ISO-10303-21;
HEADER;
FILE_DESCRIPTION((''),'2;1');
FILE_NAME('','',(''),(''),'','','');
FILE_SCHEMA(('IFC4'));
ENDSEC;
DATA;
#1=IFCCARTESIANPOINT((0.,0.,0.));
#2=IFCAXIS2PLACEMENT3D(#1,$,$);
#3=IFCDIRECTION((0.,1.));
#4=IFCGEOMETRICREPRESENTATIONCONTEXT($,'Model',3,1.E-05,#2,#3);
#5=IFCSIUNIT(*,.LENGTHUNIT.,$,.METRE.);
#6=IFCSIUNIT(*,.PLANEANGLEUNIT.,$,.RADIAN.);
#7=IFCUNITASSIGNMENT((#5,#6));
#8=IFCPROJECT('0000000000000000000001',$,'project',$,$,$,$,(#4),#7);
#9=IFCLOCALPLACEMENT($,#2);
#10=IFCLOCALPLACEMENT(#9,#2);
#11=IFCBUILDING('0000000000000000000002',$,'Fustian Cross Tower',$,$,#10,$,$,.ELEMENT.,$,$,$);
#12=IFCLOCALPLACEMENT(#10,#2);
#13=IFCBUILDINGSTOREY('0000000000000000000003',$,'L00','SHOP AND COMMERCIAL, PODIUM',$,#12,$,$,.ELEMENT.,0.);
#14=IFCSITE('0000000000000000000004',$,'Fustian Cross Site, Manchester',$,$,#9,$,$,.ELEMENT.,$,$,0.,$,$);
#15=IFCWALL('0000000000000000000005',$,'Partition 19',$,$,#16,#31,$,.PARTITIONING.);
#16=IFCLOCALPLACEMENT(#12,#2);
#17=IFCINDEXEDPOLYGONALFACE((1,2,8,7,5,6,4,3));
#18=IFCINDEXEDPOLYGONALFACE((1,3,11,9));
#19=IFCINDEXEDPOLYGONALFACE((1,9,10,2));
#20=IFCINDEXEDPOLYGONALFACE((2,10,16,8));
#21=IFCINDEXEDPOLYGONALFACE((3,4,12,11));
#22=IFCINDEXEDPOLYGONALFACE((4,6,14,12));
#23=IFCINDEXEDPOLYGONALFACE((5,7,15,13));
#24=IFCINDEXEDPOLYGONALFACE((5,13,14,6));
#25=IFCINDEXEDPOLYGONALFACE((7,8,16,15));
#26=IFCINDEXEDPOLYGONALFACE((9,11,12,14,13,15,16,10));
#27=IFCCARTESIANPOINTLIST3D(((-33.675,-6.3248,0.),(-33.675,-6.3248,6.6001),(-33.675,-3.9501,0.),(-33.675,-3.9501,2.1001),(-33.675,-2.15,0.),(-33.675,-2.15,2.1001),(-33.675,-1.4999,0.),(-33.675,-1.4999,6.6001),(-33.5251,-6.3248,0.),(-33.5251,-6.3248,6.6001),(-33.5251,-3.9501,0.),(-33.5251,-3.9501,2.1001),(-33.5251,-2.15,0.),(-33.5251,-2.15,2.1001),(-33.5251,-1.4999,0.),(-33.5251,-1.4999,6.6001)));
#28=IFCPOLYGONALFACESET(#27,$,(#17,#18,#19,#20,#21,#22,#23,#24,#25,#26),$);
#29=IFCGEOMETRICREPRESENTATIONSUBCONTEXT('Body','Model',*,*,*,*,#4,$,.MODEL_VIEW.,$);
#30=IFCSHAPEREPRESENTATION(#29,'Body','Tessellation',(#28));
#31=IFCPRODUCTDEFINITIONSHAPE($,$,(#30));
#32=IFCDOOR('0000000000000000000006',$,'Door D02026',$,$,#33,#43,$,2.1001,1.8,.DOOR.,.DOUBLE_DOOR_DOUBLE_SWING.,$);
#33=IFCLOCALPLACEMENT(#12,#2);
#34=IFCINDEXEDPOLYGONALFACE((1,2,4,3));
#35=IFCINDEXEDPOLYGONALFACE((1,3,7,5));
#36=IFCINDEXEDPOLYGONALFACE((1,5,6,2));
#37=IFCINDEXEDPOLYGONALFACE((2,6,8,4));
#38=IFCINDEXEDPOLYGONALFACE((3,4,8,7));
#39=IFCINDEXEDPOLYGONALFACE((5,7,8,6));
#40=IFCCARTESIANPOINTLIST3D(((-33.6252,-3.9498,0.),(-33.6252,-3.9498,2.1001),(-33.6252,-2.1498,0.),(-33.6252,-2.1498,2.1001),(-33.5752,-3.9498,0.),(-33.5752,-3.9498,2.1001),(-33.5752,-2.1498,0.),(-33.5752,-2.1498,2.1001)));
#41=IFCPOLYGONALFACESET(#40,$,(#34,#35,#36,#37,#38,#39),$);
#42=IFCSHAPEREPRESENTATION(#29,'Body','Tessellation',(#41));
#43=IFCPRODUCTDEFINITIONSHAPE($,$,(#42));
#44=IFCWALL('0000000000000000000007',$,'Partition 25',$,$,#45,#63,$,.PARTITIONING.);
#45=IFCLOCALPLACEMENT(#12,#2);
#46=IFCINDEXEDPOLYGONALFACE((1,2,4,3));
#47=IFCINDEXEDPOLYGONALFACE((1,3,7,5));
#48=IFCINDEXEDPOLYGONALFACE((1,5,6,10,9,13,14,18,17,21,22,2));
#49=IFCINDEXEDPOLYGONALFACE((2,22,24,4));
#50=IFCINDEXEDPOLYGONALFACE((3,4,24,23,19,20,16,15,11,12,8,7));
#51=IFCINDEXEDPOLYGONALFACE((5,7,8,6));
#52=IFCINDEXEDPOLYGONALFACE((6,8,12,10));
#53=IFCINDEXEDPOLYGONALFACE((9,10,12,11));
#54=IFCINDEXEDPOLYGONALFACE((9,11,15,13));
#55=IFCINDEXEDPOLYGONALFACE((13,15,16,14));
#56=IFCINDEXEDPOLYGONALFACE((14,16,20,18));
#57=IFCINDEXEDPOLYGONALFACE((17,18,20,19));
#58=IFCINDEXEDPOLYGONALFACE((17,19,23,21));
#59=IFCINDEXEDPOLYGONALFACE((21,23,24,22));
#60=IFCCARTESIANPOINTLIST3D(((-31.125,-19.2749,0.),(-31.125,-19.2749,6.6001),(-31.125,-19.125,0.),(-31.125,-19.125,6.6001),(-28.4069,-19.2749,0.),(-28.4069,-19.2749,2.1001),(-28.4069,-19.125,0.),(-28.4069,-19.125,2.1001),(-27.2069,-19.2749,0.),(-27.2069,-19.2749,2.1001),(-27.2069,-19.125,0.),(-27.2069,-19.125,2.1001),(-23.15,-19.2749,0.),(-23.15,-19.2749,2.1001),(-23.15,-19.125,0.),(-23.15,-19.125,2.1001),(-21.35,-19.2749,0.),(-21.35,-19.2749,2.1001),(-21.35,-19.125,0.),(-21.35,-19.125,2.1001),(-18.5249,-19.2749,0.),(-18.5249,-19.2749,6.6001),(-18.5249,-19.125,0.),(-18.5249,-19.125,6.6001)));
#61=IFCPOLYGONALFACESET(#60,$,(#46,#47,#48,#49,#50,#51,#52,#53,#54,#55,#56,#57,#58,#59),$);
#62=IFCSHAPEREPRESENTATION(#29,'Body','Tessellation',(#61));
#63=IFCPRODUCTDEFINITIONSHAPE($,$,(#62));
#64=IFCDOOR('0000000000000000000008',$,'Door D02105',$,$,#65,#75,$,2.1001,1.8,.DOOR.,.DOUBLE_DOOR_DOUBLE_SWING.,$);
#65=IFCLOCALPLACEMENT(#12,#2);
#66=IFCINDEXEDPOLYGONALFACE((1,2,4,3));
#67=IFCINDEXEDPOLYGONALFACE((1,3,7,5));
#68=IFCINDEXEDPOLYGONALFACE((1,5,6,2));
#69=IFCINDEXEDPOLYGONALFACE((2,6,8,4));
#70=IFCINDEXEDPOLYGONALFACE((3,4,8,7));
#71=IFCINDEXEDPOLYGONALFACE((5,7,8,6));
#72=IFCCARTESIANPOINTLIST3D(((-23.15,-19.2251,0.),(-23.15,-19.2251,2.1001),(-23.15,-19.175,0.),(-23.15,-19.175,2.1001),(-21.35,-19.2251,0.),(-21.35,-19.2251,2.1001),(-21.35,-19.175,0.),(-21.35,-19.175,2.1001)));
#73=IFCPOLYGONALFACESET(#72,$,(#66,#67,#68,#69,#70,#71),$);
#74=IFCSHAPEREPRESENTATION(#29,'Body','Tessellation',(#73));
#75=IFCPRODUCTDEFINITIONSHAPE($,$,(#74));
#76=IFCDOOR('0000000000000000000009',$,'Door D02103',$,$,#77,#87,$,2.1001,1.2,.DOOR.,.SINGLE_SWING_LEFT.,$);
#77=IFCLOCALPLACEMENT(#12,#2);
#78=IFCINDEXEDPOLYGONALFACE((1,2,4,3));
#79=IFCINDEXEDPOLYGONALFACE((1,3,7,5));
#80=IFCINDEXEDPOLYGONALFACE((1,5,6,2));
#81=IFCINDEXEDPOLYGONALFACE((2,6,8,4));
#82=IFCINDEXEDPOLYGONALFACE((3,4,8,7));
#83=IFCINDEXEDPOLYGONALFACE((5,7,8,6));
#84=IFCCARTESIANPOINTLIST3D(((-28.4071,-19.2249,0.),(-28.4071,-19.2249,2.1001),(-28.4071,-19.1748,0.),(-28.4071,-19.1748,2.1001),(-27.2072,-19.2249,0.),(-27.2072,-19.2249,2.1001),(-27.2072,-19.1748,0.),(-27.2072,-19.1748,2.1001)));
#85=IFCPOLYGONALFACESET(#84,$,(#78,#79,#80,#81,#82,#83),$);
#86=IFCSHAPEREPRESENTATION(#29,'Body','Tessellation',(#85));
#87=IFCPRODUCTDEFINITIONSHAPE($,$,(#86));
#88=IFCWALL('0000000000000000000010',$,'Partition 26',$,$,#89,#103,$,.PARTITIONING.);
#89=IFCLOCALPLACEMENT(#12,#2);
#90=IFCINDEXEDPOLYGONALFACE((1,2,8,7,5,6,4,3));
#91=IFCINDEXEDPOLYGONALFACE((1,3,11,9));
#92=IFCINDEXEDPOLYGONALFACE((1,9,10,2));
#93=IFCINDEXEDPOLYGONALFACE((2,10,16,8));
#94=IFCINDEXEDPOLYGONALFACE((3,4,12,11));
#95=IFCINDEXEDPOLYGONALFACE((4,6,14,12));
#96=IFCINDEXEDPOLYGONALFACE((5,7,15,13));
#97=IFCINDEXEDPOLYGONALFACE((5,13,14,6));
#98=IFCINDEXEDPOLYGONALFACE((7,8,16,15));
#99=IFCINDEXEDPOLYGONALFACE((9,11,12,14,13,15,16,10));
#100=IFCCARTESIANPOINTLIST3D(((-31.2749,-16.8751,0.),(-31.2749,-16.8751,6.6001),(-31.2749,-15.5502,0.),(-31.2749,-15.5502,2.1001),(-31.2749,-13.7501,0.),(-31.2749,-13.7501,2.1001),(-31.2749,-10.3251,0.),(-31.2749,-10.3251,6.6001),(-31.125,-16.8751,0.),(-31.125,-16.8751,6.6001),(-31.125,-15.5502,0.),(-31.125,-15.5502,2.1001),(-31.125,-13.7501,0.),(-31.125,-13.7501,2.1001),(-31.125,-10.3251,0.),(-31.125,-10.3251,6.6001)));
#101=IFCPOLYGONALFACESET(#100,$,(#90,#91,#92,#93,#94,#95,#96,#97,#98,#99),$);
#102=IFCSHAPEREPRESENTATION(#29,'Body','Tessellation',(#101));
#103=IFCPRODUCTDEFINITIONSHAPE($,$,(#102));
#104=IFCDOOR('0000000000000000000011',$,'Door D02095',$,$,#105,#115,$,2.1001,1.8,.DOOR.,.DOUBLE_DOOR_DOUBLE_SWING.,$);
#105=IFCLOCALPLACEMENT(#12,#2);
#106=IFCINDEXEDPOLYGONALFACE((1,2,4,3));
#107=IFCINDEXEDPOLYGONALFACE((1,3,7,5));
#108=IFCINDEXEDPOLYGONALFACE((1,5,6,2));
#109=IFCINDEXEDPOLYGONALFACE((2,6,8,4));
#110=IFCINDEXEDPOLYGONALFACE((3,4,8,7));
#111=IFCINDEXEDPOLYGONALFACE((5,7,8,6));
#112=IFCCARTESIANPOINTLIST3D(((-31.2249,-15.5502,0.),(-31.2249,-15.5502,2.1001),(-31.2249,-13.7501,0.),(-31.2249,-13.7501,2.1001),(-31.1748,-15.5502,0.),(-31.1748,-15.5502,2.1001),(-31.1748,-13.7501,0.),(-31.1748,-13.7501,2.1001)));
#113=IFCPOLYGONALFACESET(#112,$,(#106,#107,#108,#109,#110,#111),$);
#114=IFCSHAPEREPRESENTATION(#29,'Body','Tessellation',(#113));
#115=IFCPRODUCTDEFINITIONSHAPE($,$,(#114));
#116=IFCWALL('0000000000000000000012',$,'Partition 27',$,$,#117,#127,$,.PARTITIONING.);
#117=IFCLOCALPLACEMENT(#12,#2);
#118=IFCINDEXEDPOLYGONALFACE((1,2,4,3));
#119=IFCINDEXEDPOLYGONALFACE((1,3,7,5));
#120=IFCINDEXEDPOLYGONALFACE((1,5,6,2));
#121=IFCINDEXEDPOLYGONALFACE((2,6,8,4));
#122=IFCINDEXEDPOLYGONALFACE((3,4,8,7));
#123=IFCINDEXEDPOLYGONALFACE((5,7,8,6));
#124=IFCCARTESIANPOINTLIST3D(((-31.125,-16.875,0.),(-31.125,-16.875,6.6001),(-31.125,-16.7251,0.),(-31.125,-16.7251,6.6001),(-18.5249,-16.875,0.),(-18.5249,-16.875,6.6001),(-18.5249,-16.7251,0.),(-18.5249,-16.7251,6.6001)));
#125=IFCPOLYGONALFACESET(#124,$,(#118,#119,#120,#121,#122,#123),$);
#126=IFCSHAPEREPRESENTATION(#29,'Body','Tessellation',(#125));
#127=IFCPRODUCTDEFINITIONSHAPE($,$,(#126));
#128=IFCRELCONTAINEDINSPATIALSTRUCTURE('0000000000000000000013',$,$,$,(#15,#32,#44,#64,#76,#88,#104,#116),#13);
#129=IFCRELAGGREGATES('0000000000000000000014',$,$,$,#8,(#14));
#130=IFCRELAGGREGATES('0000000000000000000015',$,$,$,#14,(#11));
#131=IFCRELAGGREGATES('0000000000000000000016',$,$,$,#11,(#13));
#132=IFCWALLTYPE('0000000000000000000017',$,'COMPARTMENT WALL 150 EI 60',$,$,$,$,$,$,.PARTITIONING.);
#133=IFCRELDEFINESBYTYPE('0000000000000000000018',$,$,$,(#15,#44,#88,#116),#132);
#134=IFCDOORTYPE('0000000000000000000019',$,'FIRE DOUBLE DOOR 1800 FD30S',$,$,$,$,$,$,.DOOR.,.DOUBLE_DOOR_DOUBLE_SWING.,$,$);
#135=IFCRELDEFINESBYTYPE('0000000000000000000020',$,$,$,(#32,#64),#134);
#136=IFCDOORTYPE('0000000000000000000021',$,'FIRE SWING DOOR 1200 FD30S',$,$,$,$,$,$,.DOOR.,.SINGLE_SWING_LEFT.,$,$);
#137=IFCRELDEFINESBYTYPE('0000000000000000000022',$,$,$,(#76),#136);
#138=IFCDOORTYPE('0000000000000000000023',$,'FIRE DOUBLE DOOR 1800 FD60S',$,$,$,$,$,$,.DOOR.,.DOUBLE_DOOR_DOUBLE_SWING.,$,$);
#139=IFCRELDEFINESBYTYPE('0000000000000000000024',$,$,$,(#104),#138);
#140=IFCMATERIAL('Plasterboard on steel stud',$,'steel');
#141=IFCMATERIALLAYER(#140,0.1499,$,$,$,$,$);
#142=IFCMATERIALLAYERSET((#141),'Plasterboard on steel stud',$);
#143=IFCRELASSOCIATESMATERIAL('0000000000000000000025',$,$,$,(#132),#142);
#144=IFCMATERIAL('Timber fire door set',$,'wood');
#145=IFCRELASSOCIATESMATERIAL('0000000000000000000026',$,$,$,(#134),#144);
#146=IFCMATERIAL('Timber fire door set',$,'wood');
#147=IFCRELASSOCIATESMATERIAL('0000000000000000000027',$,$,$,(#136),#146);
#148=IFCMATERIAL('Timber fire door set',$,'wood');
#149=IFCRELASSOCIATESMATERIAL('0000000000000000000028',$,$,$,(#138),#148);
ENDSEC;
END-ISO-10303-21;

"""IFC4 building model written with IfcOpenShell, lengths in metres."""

from ifc_helpers import new_model, si_unit, direction, frame, frame_2d, origin, place, context, subcontext, project, spatial, rectangle, extrude, material, layer, layer_set, type_object, element, fill, save


model = new_model("IFC4")

# Units and contexts
model_context = context("Model", 3, precision=1e-05, world=origin(), true_north=direction((0.0, 1.0)))
body_context = subcontext(model_context, "Body", "Model", "MODEL_VIEW")
ifc_project = project(units=[si_unit("LENGTHUNIT", "METRE"), si_unit("PLANEANGLEUNIT", "RADIAN")], contexts=[model_context])

# Site, building, storey
site_placement = place(None, origin())
site = spatial("IfcSite", under=ifc_project, at=site_placement, Name="Fustian Cross Site, Manchester", CompositionType="ELEMENT", RefElevation=0.0)
building_placement = place(site_placement, origin())
building = spatial("IfcBuilding", under=site, at=building_placement, Name="Fustian Cross Tower", CompositionType="ELEMENT")
storey_placement = place(building_placement, origin())
storey = spatial("IfcBuildingStorey", under=building, at=storey_placement, Name="L00", Description="SHOP AND COMMERCIAL, PODIUM", CompositionType="ELEMENT", Elevation=0.0)

# Shared definitions
ifc_material_1 = material(Name="Plasterboard on steel stud", Category="steel")
ifc_layer = layer(ifc_material_1, 0.1499)
ifc_layer_set = layer_set([ifc_layer], Name="Plasterboard on steel stud")
wall_type = type_object("IfcWallType", Name="COMPARTMENT WALL 150 EI 60", PredefinedType="PARTITIONING", material=ifc_layer_set)

# Wall, opening, door
wall_1_placement = place(storey_placement, frame((-33.6001, -6.325, 0.0), z_axis=(0.0, 0.0, 1.0), x_axis=(0.0, 1.0, 0.0)))
wall_1 = element("IfcWall", 1, at=wall_1_placement, inside=storey, type_object=wall_type, Name="Partition 19", PredefinedType="PARTITIONING", context=body_context, shape_type="SweptSolid", body=[
    extrude(rectangle(XDim=4.825, YDim=0.1499, at=frame_2d((2.4126, 0.0))), origin(), (0.0, 0.0, 1.0), 6.6001),
])
opening_1_placement = place(wall_1_placement, frame((2.375, 0.0, 0.0)))
opening_1 = element("IfcOpeningElement", 2, at=opening_1_placement, cuts=wall_1, PredefinedType="OPENING", context=body_context, shape_type="SweptSolid", body=[
    extrude(rectangle(XDim=1.8, YDim=2.1001, at=frame_2d((0.8999, 1.05))), frame((0.0, 0.085, 0.0), z_axis=(0.0, -1.0, 0.0), x_axis=(1.0, 0.0, 0.0)), (0.0, 0.0, 1.0), 0.1699),
])
ifc_material_2 = material(Name="Timber fire door set", Category="wood")
door_type_1 = type_object("IfcDoorType", Name="FIRE DOUBLE DOOR 1800 FD30S", OperationType="DOUBLE_DOOR_DOUBLE_SWING", PredefinedType="DOOR", material=ifc_material_2)
door_1_placement = place(opening_1_placement, frame((1.8, 0.0, 0.0), z_axis=(0.0, 0.0, 1.0), x_axis=(-1.0, 0.0, 0.0)))
door_1 = element("IfcDoor", 3, at=door_1_placement, inside=storey, type_object=door_type_1, Name="Door D02026", OperationType="DOUBLE_DOOR_DOUBLE_SWING", OverallHeight=2.1001, OverallWidth=1.8, PredefinedType="DOOR", context=body_context, shape_type="SweptSolid", body=[
    extrude(rectangle(XDim=1.8, YDim=2.1001, at=frame_2d((0.8999, 1.05))), frame((0.0, 0.0249, 0.0), z_axis=(0.0, -1.0, 0.0), x_axis=(1.0, 0.0, 0.0)), (0.0, 0.0, 1.0), 0.05),
])
fill(opening_1, door_1)

# Wall, openings, doors
wall_2_placement = place(storey_placement, frame((-31.125, -19.2, 0.0), z_axis=(0.0, 0.0, 1.0), x_axis=(1.0, 0.0, 0.0)))
wall_2 = element("IfcWall", 4, at=wall_2_placement, inside=storey, type_object=wall_type, Name="Partition 25", PredefinedType="PARTITIONING", context=body_context, shape_type="SweptSolid", body=[
    extrude(rectangle(XDim=12.6001, YDim=0.1499, at=frame_2d((6.3, 0.0))), origin(), (0.0, 0.0, 1.0), 6.6001),
])
opening_2_placement = place(wall_2_placement, frame((2.718, 0.0, 0.0)))
opening_2 = element("IfcOpeningElement", 5, at=opening_2_placement, cuts=wall_2, PredefinedType="OPENING", context=body_context, shape_type="SweptSolid", body=[
    extrude(rectangle(XDim=1.2, YDim=2.1001, at=frame_2d((0.6001, 1.05))), frame((0.0, 0.085, 0.0), z_axis=(0.0, -1.0, 0.0), x_axis=(1.0, 0.0, 0.0)), (0.0, 0.0, 1.0), 0.1699),
])
opening_3_placement = place(wall_2_placement, frame((7.9751, 0.0, 0.0)))
opening_3 = element("IfcOpeningElement", 6, at=opening_3_placement, cuts=wall_2, PredefinedType="OPENING", context=body_context, shape_type="SweptSolid", body=[
    extrude(rectangle(XDim=1.8, YDim=2.1001, at=frame_2d((0.8999, 1.05))), frame((0.0, 0.085, 0.0), z_axis=(0.0, -1.0, 0.0), x_axis=(1.0, 0.0, 0.0)), (0.0, 0.0, 1.0), 0.1699),
])
door_2_placement = place(opening_3_placement, origin())
door_2 = element("IfcDoor", 7, at=door_2_placement, inside=storey, type_object=door_type_1, Name="Door D02105", OperationType="DOUBLE_DOOR_DOUBLE_SWING", OverallHeight=2.1001, OverallWidth=1.8, PredefinedType="DOOR", context=body_context, shape_type="SweptSolid", body=[
    extrude(rectangle(XDim=1.8, YDim=2.1001, at=frame_2d((0.8999, 1.05))), frame((0.0, 0.0249, 0.0), z_axis=(0.0, -1.0, 0.0), x_axis=(1.0, 0.0, 0.0)), (0.0, 0.0, 1.0), 0.05),
])
fill(opening_3, door_2)
ifc_material_3 = material(Name="Timber fire door set", Category="wood")
door_type_2 = type_object("IfcDoorType", Name="FIRE SWING DOOR 1200 FD30S", OperationType="SINGLE_SWING_LEFT", PredefinedType="DOOR", material=ifc_material_3)
door_3_placement = place(opening_2_placement, frame((1.2, 0.0, 0.0), z_axis=(0.0, 0.0, 1.0), x_axis=(-1.0, 0.0, 0.0)))
door_3 = element("IfcDoor", 8, at=door_3_placement, inside=storey, type_object=door_type_2, Name="Door D02103", OperationType="SINGLE_SWING_LEFT", OverallHeight=2.1001, OverallWidth=1.2, PredefinedType="DOOR", context=body_context, shape_type="SweptSolid", body=[
    extrude(rectangle(XDim=1.2, YDim=2.1001, at=frame_2d((0.6001, 1.05))), frame((0.0, 0.0249, 0.0), z_axis=(0.0, -1.0, 0.0), x_axis=(1.0, 0.0, 0.0)), (0.0, 0.0, 1.0), 0.05),
])
fill(opening_2, door_3)

# Wall, opening, door
wall_3_placement = place(storey_placement, frame((-31.2, -16.875, 0.0), z_axis=(0.0, 0.0, 1.0), x_axis=(0.0, 1.0, 0.0)))
wall_3 = element("IfcWall", 9, at=wall_3_placement, inside=storey, type_object=wall_type, Name="Partition 26", PredefinedType="PARTITIONING", context=body_context, shape_type="SweptSolid", body=[
    extrude(rectangle(XDim=6.55, YDim=0.1499, at=frame_2d((3.2749, 0.0))), origin(), (0.0, 0.0, 1.0), 6.6001),
])
opening_4_placement = place(wall_3_placement, frame((1.325, 0.0, 0.0)))
opening_4 = element("IfcOpeningElement", 10, at=opening_4_placement, cuts=wall_3, PredefinedType="OPENING", context=body_context, shape_type="SweptSolid", body=[
    extrude(rectangle(XDim=1.8, YDim=2.1001, at=frame_2d((0.8999, 1.05))), frame((0.0, 0.085, 0.0), z_axis=(0.0, -1.0, 0.0), x_axis=(1.0, 0.0, 0.0)), (0.0, 0.0, 1.0), 0.1699),
])
ifc_material_4 = material(Name="Timber fire door set", Category="wood")
door_type_3 = type_object("IfcDoorType", Name="FIRE DOUBLE DOOR 1800 FD60S", OperationType="DOUBLE_DOOR_DOUBLE_SWING", PredefinedType="DOOR", material=ifc_material_4)
door_4_placement = place(opening_4_placement, origin())
door_4 = element("IfcDoor", 11, at=door_4_placement, inside=storey, type_object=door_type_3, Name="Door D02095", OperationType="DOUBLE_DOOR_DOUBLE_SWING", OverallHeight=2.1001, OverallWidth=1.8, PredefinedType="DOOR", context=body_context, shape_type="SweptSolid", body=[
    extrude(rectangle(XDim=1.8, YDim=2.1001, at=frame_2d((0.8999, 1.05))), frame((0.0, 0.0249, 0.0), z_axis=(0.0, -1.0, 0.0), x_axis=(1.0, 0.0, 0.0)), (0.0, 0.0, 1.0), 0.05),
])
fill(opening_4, door_4)

# Wall
wall_4_placement = place(storey_placement, frame((-31.125, -16.8, 0.0), z_axis=(0.0, 0.0, 1.0), x_axis=(1.0, 0.0, 0.0)))
element("IfcWall", 12, at=wall_4_placement, inside=storey, type_object=wall_type, Name="Partition 27", PredefinedType="PARTITIONING", context=body_context, shape_type="SweptSolid", body=[
    extrude(rectangle(XDim=12.6001, YDim=0.1499, at=frame_2d((6.3, 0.0))), origin(), (0.0, 0.0, 1.0), 6.6001),
])

save(model, "model.ifc")
